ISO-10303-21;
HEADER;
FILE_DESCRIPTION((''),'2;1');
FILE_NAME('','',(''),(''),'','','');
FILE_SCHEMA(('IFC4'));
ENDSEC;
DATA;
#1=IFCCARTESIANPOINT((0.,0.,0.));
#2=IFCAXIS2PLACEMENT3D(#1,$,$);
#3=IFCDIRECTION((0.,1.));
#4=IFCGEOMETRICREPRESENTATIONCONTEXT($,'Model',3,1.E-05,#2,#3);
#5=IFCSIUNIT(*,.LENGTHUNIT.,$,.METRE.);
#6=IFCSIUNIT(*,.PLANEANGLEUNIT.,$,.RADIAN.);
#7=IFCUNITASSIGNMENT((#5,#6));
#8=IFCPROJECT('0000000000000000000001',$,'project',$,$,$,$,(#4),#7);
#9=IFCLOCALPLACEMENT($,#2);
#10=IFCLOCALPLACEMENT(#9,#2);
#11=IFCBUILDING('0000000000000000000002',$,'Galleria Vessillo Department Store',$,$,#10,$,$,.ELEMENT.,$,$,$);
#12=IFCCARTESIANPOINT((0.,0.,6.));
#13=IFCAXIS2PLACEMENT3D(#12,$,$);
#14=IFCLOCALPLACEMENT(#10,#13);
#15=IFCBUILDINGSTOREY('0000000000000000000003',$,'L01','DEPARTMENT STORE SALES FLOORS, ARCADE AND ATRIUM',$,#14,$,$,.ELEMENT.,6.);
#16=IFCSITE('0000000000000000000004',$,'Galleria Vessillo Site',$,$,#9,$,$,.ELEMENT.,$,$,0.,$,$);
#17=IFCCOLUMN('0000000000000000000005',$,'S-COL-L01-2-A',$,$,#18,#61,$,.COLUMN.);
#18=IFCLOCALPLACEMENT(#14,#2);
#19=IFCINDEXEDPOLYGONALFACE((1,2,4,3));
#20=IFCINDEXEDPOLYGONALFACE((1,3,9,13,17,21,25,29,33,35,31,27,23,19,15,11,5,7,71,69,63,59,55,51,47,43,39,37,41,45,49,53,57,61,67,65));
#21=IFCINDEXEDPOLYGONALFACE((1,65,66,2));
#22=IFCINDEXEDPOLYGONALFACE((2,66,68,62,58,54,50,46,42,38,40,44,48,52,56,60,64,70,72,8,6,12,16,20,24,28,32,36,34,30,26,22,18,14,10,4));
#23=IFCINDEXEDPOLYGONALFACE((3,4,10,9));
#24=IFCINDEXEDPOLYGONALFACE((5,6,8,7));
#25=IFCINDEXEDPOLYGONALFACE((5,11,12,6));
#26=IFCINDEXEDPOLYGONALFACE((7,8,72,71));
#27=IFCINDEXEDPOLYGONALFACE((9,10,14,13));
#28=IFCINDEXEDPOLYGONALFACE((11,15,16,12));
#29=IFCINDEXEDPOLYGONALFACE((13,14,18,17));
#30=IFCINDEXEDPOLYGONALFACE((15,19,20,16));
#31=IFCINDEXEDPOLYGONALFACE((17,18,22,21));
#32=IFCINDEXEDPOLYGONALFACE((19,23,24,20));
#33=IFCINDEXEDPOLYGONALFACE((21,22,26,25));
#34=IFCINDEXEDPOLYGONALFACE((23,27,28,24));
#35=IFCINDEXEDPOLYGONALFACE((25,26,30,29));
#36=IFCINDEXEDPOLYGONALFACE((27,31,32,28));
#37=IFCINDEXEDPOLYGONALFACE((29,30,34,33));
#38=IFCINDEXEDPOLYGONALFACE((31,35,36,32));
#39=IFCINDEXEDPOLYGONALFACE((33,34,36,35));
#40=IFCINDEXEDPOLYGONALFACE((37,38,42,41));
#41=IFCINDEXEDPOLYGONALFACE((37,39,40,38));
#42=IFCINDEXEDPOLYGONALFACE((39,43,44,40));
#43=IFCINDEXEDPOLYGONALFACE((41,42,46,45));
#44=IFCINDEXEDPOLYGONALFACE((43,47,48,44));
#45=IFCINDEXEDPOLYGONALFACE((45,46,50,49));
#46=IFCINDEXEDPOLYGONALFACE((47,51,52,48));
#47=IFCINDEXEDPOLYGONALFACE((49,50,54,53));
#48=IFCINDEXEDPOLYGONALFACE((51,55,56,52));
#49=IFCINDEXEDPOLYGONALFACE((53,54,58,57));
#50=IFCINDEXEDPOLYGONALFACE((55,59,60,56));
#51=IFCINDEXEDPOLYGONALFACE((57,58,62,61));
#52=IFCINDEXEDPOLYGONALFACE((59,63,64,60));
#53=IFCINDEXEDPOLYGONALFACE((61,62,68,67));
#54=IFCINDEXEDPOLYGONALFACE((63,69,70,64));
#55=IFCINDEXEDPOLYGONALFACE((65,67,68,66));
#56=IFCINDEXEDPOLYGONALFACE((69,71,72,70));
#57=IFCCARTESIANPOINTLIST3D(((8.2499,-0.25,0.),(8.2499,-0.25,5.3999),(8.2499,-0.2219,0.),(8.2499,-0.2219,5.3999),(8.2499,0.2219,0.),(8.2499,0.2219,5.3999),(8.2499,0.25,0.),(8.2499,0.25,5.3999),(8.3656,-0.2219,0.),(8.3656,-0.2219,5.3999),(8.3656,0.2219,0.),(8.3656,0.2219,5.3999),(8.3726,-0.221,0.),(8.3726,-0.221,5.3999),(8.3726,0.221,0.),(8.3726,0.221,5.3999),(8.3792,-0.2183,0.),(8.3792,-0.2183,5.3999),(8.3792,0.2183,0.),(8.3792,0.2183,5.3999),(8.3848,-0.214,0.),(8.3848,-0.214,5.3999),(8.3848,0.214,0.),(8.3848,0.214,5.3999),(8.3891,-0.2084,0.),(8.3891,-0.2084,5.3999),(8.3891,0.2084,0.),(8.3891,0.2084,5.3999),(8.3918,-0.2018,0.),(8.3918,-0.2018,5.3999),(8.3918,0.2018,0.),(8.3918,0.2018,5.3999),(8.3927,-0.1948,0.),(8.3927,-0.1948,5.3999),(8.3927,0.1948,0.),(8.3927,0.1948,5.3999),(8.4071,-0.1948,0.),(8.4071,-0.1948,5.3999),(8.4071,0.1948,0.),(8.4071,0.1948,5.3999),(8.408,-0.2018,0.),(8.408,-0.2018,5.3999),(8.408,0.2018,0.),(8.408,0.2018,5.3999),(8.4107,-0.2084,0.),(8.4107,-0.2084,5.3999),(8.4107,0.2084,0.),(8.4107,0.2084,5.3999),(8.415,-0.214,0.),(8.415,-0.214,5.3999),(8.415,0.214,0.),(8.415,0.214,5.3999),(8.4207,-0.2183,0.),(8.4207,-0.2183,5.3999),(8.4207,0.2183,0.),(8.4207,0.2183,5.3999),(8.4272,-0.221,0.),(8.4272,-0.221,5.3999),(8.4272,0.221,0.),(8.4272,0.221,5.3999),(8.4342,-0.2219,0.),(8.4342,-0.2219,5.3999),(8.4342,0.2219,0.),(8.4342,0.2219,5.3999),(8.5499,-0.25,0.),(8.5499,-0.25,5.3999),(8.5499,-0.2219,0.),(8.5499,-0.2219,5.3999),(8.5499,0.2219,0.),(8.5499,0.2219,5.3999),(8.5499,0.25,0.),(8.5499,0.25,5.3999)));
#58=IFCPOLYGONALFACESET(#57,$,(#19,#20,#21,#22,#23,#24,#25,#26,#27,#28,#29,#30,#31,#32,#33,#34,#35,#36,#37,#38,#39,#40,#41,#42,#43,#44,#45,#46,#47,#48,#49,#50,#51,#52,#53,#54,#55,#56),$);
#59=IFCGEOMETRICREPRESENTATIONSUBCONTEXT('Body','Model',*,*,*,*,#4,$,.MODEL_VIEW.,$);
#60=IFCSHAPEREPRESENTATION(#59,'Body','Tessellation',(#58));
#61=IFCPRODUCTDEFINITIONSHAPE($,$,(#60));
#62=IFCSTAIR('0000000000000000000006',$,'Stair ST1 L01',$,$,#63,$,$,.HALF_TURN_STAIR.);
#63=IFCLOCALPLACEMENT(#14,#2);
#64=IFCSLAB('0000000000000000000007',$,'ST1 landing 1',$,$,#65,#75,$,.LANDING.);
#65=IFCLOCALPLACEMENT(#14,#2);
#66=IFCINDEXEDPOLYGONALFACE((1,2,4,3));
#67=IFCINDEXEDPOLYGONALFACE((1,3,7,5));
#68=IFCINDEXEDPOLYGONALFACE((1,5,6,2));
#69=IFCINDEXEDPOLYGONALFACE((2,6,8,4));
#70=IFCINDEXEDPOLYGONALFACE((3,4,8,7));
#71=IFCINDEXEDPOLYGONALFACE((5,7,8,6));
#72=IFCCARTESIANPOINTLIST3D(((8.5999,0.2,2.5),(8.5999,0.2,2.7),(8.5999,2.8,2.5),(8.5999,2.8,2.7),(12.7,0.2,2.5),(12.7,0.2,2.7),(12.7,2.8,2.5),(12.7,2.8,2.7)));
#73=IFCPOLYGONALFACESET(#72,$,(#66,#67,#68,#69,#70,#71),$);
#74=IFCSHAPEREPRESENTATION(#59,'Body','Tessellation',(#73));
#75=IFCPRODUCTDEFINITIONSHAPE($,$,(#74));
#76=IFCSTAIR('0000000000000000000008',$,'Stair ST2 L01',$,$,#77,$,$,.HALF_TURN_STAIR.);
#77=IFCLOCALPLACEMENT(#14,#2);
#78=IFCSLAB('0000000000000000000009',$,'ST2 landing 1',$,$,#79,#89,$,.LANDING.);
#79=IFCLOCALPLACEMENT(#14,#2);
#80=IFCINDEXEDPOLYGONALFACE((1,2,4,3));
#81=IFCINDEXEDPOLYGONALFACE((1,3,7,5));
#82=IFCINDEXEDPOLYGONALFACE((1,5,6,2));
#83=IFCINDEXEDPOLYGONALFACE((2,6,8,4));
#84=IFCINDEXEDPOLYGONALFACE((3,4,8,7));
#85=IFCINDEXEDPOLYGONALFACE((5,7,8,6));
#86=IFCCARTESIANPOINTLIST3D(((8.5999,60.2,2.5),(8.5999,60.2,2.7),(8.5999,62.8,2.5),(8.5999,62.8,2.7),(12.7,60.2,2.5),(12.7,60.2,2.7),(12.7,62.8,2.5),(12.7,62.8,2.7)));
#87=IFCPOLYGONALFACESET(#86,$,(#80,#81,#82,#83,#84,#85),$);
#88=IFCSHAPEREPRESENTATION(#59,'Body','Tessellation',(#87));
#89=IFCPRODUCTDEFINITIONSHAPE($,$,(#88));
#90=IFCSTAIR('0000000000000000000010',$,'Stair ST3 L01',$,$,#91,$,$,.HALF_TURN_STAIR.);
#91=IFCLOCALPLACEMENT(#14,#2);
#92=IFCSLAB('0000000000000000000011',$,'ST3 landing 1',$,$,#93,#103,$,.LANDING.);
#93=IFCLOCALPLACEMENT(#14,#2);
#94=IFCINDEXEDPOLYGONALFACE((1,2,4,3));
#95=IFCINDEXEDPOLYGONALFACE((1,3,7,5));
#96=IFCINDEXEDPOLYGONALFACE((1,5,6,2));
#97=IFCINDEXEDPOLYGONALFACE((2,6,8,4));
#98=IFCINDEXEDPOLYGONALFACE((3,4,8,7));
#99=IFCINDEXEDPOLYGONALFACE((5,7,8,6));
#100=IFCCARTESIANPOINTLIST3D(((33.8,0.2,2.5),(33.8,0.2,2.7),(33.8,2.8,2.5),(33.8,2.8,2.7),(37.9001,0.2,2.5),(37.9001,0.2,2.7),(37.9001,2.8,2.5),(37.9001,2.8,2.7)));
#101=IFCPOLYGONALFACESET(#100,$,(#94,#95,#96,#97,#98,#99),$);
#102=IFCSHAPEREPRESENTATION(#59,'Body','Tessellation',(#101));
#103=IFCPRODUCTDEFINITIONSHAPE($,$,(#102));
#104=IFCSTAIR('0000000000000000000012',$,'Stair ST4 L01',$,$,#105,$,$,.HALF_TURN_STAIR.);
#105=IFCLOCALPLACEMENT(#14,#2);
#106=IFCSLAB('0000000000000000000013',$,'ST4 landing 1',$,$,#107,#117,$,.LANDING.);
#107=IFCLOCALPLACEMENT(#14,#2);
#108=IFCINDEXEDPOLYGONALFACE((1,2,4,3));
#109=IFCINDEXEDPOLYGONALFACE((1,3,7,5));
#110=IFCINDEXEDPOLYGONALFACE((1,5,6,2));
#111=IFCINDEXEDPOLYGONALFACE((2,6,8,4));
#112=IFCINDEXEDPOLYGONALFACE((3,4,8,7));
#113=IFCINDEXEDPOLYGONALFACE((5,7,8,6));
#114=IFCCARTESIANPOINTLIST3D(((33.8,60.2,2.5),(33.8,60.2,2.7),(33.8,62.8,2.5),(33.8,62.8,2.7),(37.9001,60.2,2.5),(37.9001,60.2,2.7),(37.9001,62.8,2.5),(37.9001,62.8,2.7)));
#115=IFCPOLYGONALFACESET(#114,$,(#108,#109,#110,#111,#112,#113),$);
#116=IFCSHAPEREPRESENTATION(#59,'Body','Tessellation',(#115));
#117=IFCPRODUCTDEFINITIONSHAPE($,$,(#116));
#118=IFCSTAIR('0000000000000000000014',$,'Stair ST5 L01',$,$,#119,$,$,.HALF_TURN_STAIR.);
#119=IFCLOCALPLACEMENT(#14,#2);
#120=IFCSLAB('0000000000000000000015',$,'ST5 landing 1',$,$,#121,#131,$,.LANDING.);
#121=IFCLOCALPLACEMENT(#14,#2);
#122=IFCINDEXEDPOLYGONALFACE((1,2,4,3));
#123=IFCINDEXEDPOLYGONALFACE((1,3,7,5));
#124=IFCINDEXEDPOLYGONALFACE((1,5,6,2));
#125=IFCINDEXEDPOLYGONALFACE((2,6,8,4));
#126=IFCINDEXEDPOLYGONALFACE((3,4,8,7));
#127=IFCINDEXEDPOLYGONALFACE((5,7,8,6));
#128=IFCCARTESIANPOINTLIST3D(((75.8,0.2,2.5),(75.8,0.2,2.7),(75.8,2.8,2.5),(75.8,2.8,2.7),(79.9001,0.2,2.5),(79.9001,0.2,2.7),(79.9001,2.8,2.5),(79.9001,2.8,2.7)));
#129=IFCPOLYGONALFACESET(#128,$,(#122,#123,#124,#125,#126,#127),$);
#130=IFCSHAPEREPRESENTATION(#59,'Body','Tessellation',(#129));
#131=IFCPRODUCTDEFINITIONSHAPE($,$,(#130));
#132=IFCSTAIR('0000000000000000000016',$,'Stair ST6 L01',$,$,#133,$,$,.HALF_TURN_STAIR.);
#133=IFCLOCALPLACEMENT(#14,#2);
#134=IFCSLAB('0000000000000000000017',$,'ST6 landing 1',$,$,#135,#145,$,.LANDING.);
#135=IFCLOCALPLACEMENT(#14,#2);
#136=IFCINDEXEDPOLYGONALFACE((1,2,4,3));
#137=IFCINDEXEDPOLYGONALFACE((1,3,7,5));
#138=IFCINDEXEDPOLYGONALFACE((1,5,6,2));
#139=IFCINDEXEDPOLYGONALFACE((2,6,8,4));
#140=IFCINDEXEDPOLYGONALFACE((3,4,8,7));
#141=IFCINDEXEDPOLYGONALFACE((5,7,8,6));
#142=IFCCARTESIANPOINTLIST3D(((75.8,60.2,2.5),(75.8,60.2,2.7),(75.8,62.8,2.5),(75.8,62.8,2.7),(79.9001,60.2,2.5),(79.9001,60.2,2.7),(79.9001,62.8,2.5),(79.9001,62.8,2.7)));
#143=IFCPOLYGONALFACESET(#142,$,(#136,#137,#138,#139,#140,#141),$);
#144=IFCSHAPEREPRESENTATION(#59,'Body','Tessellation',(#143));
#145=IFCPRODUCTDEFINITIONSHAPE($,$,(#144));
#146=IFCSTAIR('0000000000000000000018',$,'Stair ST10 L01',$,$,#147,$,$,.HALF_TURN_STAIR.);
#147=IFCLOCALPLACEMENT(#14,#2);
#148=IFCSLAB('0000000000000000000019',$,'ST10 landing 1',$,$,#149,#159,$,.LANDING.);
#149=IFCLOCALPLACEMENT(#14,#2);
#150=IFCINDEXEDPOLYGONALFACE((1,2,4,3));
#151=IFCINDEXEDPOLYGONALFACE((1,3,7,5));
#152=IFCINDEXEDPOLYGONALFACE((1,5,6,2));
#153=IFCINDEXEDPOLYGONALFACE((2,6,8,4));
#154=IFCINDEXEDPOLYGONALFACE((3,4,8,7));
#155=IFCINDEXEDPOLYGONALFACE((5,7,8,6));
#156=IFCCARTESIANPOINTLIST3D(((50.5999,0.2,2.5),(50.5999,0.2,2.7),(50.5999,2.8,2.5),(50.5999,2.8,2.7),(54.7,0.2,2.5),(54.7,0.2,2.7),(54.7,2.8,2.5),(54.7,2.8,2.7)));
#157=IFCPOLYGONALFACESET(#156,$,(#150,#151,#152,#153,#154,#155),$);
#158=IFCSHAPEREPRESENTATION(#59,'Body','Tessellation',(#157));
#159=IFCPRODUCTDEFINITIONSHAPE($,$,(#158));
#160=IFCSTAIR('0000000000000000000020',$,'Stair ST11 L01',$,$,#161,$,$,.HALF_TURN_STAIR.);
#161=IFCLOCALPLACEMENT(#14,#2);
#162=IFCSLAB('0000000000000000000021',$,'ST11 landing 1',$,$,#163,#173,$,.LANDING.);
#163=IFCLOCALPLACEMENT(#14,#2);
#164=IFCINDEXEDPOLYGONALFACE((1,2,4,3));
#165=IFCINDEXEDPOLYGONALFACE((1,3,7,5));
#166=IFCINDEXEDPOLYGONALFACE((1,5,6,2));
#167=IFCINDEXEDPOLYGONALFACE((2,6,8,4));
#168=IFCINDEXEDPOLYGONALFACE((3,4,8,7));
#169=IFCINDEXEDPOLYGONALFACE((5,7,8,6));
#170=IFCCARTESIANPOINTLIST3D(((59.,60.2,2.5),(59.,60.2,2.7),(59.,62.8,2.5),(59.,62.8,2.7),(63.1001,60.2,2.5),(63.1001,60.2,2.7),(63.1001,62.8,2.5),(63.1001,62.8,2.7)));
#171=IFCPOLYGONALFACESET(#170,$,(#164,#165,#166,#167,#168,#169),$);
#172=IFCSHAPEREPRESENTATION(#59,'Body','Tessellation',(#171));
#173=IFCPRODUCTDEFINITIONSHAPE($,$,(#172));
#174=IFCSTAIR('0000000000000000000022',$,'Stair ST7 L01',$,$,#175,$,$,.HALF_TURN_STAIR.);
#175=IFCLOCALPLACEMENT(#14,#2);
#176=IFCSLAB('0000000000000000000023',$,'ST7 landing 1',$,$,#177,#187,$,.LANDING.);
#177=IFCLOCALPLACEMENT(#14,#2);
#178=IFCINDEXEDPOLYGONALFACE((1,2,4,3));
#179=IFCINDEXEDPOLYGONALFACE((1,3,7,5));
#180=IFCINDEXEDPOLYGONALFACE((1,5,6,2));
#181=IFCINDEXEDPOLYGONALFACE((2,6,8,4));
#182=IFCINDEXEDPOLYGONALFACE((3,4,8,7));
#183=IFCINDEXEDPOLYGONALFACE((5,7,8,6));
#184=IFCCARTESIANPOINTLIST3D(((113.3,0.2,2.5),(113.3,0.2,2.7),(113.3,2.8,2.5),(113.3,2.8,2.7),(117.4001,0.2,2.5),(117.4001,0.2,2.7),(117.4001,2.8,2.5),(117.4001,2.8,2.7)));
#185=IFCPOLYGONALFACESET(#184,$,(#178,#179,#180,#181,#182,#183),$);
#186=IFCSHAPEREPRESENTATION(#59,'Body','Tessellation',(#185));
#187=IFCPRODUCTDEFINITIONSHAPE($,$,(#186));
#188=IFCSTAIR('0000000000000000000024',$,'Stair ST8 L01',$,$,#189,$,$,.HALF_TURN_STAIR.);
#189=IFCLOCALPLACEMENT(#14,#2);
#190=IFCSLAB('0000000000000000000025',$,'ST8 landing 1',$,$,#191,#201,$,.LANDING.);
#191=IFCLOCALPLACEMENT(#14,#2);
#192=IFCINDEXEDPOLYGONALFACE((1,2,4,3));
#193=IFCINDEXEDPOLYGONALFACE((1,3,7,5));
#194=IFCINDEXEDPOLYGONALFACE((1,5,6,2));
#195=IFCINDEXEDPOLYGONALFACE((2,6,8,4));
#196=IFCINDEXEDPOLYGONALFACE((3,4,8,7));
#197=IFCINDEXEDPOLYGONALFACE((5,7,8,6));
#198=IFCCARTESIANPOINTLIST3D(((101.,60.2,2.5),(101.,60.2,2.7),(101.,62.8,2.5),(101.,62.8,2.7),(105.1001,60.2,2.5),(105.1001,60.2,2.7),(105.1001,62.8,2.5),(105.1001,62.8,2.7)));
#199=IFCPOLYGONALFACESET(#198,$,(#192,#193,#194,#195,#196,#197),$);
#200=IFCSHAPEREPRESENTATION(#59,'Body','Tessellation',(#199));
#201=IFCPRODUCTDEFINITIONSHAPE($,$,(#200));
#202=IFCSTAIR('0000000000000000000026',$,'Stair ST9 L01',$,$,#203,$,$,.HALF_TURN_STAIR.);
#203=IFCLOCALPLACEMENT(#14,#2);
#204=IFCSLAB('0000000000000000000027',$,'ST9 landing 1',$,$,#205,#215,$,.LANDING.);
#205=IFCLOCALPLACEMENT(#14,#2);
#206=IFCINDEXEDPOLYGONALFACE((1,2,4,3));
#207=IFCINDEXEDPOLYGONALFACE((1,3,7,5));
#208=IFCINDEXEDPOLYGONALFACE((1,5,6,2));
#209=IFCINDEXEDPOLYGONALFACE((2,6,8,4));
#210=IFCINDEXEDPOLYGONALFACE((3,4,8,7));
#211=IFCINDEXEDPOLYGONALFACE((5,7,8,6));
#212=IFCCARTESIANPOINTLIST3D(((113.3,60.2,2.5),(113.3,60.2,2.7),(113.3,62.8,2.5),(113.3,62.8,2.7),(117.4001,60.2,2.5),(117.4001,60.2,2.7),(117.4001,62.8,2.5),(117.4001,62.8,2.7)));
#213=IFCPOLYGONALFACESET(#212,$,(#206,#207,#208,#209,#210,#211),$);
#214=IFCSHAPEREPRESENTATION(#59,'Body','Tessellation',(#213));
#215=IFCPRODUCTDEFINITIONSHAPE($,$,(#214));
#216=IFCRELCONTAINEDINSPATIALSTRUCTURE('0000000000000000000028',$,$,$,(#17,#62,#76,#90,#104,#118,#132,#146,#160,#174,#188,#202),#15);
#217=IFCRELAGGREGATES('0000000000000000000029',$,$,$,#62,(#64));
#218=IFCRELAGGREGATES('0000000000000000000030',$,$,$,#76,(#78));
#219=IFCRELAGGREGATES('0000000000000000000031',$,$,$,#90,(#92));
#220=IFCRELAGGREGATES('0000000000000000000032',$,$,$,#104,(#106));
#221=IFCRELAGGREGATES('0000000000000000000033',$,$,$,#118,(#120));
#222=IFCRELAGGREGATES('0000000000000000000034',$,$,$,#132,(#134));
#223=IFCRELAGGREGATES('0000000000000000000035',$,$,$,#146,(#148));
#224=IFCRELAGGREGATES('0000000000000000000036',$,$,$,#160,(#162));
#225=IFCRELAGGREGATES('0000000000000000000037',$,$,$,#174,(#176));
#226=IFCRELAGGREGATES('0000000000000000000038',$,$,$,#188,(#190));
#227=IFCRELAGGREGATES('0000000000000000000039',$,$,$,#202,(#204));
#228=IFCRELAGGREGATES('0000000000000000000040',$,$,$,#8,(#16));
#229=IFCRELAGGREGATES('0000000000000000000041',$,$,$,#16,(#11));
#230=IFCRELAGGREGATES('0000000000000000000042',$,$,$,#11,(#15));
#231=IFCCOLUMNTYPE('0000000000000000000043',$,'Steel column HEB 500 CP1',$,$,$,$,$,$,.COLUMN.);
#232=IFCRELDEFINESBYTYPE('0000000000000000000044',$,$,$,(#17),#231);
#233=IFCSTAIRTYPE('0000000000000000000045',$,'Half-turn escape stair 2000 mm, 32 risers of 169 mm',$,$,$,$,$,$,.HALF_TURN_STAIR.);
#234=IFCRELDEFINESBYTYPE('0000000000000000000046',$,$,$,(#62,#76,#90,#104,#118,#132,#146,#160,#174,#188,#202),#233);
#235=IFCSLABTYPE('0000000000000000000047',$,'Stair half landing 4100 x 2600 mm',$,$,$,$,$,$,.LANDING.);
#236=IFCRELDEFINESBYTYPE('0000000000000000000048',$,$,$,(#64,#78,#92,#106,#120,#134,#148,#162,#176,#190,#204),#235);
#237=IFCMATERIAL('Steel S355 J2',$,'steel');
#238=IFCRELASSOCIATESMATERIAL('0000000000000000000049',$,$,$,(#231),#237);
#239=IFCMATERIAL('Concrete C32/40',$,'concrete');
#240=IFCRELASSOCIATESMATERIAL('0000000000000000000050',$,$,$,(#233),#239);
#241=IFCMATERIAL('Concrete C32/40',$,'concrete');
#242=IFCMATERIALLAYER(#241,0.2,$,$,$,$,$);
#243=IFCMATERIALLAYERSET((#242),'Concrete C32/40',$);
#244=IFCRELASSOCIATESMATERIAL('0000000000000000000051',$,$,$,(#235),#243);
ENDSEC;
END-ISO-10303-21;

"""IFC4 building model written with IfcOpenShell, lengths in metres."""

from ifc_helpers import new_model, si_unit, direction, frame, origin, origin_2d, place, context, subcontext, project, spatial, polyline, i_section, outline, extrude, material, layer, layer_set, material_profile, profile_set, type_object, element, aggregate, save


model = new_model("IFC4")

# Units and contexts
model_context = context("Model", 3, precision=1e-05, world=origin(), true_north=direction((0.0, 1.0)))
body_context = subcontext(model_context, "Body", "Model", "MODEL_VIEW")
ifc_project = project(units=[si_unit("LENGTHUNIT", "METRE"), si_unit("PLANEANGLEUNIT", "RADIAN")], contexts=[model_context])

# Site, building, storey
site_placement = place(None, origin())
site = spatial("IfcSite", under=ifc_project, at=site_placement, Name="Galleria Vessillo Site", CompositionType="ELEMENT", RefElevation=0.0)
building_placement = place(site_placement, origin())
building = spatial("IfcBuilding", under=site, at=building_placement, Name="Galleria Vessillo Department Store", CompositionType="ELEMENT")
storey_placement = place(building_placement, frame((0.0, 0.0, 6.0)))
storey = spatial("IfcBuildingStorey", under=building, at=storey_placement, Name="L01", Description="DEPARTMENT STORE SALES FLOORS, ARCADE AND ATRIUM", CompositionType="ELEMENT", Elevation=6.0)

# Column
ifc_material_1 = material(Name="Steel S355 J2", Category="steel")
ifc_material_profile = material_profile(ifc_material_1, i_section(OverallWidth=0.3, OverallDepth=0.5, WebThickness=0.0144, FlangeThickness=0.0281, FilletRadius=0.0271, at=origin_2d()), Name="HEB 500")
ifc_profile_set = profile_set([ifc_material_profile], Name="Steel S355 J2")
column_type = type_object("IfcColumnType", Name="Steel column HEB 500 CP1", PredefinedType="COLUMN", material=ifc_profile_set)
column_placement = place(storey_placement, frame((8.3999, 0.0, 0.0), z_axis=(0.0, 0.0, 1.0), x_axis=(1.0, 0.0, 0.0)))
element("IfcColumn", 1, at=column_placement, inside=storey, type_object=column_type, Name="S-COL-L01-2-A", PredefinedType="COLUMN", context=body_context, shape_type="SweptSolid", body=[
    extrude(i_section(OverallWidth=0.3, OverallDepth=0.5, WebThickness=0.0144, FlangeThickness=0.0281, FilletRadius=0.0271, at=origin_2d()), origin(), (0.0, 0.0, 1.0), 5.3999),
])

# Stairs, slabs
ifc_material_2 = material(Name="Concrete C32/40", Category="concrete")
stair_type = type_object("IfcStairType", Name="Half-turn escape stair 2000 mm, 32 risers of 169 mm", PredefinedType="HALF_TURN_STAIR", material=ifc_material_2)
stair_1_placement = place(storey_placement, origin())
stair_1 = element("IfcStair", 2, at=stair_1_placement, inside=storey, type_object=stair_type, Name="Stair ST1 L01", PredefinedType="HALF_TURN_STAIR")
ifc_material_3 = material(Name="Concrete C32/40", Category="concrete")
ifc_layer_1 = layer(ifc_material_3, 0.2)
ifc_layer_set_1 = layer_set([ifc_layer_1], Name="Concrete C32/40")
slab_type = type_object("IfcSlabType", Name="Stair half landing 4100 x 2600 mm", PredefinedType="LANDING", material=ifc_layer_set_1)
slab_1_placement = place(storey_placement, frame((0.0, 0.0, 2.5)))
slab_1 = element("IfcSlab", 3, at=slab_1_placement, type_object=slab_type, Name="ST1 landing 1", PredefinedType="LANDING", context=body_context, shape_type="SweptSolid", body=[
    extrude(outline(polyline([(8.5999, 0.2), (8.5999, 2.8), (12.7, 2.8), (12.7, 0.2), (8.5999, 0.2)])), origin(), (0.0, 0.0, 1.0), 0.2),
])
aggregate(stair_1, [slab_1])
stair_2_placement = place(storey_placement, origin())
stair_2 = element("IfcStair", 4, at=stair_2_placement, inside=storey, type_object=stair_type, Name="Stair ST2 L01", PredefinedType="HALF_TURN_STAIR")
slab_2_placement = place(storey_placement, frame((0.0, 0.0, 2.5)))
slab_2 = element("IfcSlab", 5, at=slab_2_placement, type_object=slab_type, Name="ST2 landing 1", PredefinedType="LANDING", context=body_context, shape_type="SweptSolid", body=[
    extrude(outline(polyline([(8.5999, 60.2), (8.5999, 62.8), (12.7, 62.8), (12.7, 60.2), (8.5999, 60.2)])), origin(), (0.0, 0.0, 1.0), 0.2),
])
aggregate(stair_2, [slab_2])
stair_3_placement = place(storey_placement, origin())
stair_3 = element("IfcStair", 6, at=stair_3_placement, inside=storey, type_object=stair_type, Name="Stair ST3 L01", PredefinedType="HALF_TURN_STAIR")
slab_3_placement = place(storey_placement, frame((0.0, 0.0, 2.5)))
slab_3 = element("IfcSlab", 7, at=slab_3_placement, type_object=slab_type, Name="ST3 landing 1", PredefinedType="LANDING", context=body_context, shape_type="SweptSolid", body=[
    extrude(outline(polyline([(33.8, 0.2), (33.8, 2.8), (37.9001, 2.8), (37.9001, 0.2), (33.8, 0.2)])), origin(), (0.0, 0.0, 1.0), 0.2),
])
aggregate(stair_3, [slab_3])
stair_4_placement = place(storey_placement, origin())
stair_4 = element("IfcStair", 8, at=stair_4_placement, inside=storey, type_object=stair_type, Name="Stair ST4 L01", PredefinedType="HALF_TURN_STAIR")
slab_4_placement = place(storey_placement, frame((0.0, 0.0, 2.5)))
slab_4 = element("IfcSlab", 9, at=slab_4_placement, type_object=slab_type, Name="ST4 landing 1", PredefinedType="LANDING", context=body_context, shape_type="SweptSolid", body=[
    extrude(outline(polyline([(33.8, 60.2), (33.8, 62.8), (37.9001, 62.8), (37.9001, 60.2), (33.8, 60.2)])), origin(), (0.0, 0.0, 1.0), 0.2),
])
aggregate(stair_4, [slab_4])
stair_5_placement = place(storey_placement, origin())
stair_5 = element("IfcStair", 10, at=stair_5_placement, inside=storey, type_object=stair_type, Name="Stair ST5 L01", PredefinedType="HALF_TURN_STAIR")
slab_5_placement = place(storey_placement, frame((0.0, 0.0, 2.5)))
slab_5 = element("IfcSlab", 11, at=slab_5_placement, type_object=slab_type, Name="ST5 landing 1", PredefinedType="LANDING", context=body_context, shape_type="SweptSolid", body=[
    extrude(outline(polyline([(75.8, 0.2), (75.8, 2.8), (79.9001, 2.8), (79.9001, 0.2), (75.8, 0.2)])), origin(), (0.0, 0.0, 1.0), 0.2),
])
aggregate(stair_5, [slab_5])
stair_6_placement = place(storey_placement, origin())
stair_6 = element("IfcStair", 12, at=stair_6_placement, inside=storey, type_object=stair_type, Name="Stair ST6 L01", PredefinedType="HALF_TURN_STAIR")
slab_6_placement = place(storey_placement, frame((0.0, 0.0, 2.5)))
slab_6 = element("IfcSlab", 13, at=slab_6_placement, type_object=slab_type, Name="ST6 landing 1", PredefinedType="LANDING", context=body_context, shape_type="SweptSolid", body=[
    extrude(outline(polyline([(75.8, 60.2), (75.8, 62.8), (79.9001, 62.8), (79.9001, 60.2), (75.8, 60.2)])), origin(), (0.0, 0.0, 1.0), 0.2),
])
aggregate(stair_6, [slab_6])
stair_7_placement = place(storey_placement, origin())
stair_7 = element("IfcStair", 14, at=stair_7_placement, inside=storey, type_object=stair_type, Name="Stair ST10 L01", PredefinedType="HALF_TURN_STAIR")
slab_7_placement = place(storey_placement, frame((0.0, 0.0, 2.5)))
slab_7 = element("IfcSlab", 15, at=slab_7_placement, type_object=slab_type, Name="ST10 landing 1", PredefinedType="LANDING", context=body_context, shape_type="SweptSolid", body=[
    extrude(outline(polyline([(50.5999, 0.2), (50.5999, 2.8), (54.7, 2.8), (54.7, 0.2), (50.5999, 0.2)])), origin(), (0.0, 0.0, 1.0), 0.2),
])
aggregate(stair_7, [slab_7])
stair_8_placement = place(storey_placement, origin())
stair_8 = element("IfcStair", 16, at=stair_8_placement, inside=storey, type_object=stair_type, Name="Stair ST11 L01", PredefinedType="HALF_TURN_STAIR")
slab_8_placement = place(storey_placement, frame((0.0, 0.0, 2.5)))
slab_8 = element("IfcSlab", 17, at=slab_8_placement, type_object=slab_type, Name="ST11 landing 1", PredefinedType="LANDING", context=body_context, shape_type="SweptSolid", body=[
    extrude(outline(polyline([(59.0, 60.2), (59.0, 62.8), (63.1001, 62.8), (63.1001, 60.2), (59.0, 60.2)])), origin(), (0.0, 0.0, 1.0), 0.2),
])
aggregate(stair_8, [slab_8])
stair_9_placement = place(storey_placement, origin())
stair_9 = element("IfcStair", 18, at=stair_9_placement, inside=storey, type_object=stair_type, Name="Stair ST7 L01", PredefinedType="HALF_TURN_STAIR")
slab_9_placement = place(storey_placement, frame((0.0, 0.0, 2.5)))
slab_9 = element("IfcSlab", 19, at=slab_9_placement, type_object=slab_type, Name="ST7 landing 1", PredefinedType="LANDING", context=body_context, shape_type="SweptSolid", body=[
    extrude(outline(polyline([(113.3, 0.2), (113.3, 2.8), (117.4001, 2.8), (117.4001, 0.2), (113.3, 0.2)])), origin(), (0.0, 0.0, 1.0), 0.2),
])
aggregate(stair_9, [slab_9])
stair_10_placement = place(storey_placement, origin())
stair_10 = element("IfcStair", 20, at=stair_10_placement, inside=storey, type_object=stair_type, Name="Stair ST8 L01", PredefinedType="HALF_TURN_STAIR")
slab_10_placement = place(storey_placement, frame((0.0, 0.0, 2.5)))
slab_10 = element("IfcSlab", 21, at=slab_10_placement, type_object=slab_type, Name="ST8 landing 1", PredefinedType="LANDING", context=body_context, shape_type="SweptSolid", body=[
    extrude(outline(polyline([(101.0, 60.2), (101.0, 62.8), (105.1001, 62.8), (105.1001, 60.2), (101.0, 60.2)])), origin(), (0.0, 0.0, 1.0), 0.2),
])
aggregate(stair_10, [slab_10])
stair_11_placement = place(storey_placement, origin())
stair_11 = element("IfcStair", 22, at=stair_11_placement, inside=storey, type_object=stair_type, Name="Stair ST9 L01", PredefinedType="HALF_TURN_STAIR")
slab_11_placement = place(storey_placement, frame((0.0, 0.0, 2.5)))
slab_11 = element("IfcSlab", 23, at=slab_11_placement, type_object=slab_type, Name="ST9 landing 1", PredefinedType="LANDING", context=body_context, shape_type="SweptSolid", body=[
    extrude(outline(polyline([(113.3, 60.2), (113.3, 62.8), (117.4001, 62.8), (117.4001, 60.2), (113.3, 60.2)])), origin(), (0.0, 0.0, 1.0), 0.2),
])
aggregate(stair_11, [slab_11])

save(model, "model.ifc")
